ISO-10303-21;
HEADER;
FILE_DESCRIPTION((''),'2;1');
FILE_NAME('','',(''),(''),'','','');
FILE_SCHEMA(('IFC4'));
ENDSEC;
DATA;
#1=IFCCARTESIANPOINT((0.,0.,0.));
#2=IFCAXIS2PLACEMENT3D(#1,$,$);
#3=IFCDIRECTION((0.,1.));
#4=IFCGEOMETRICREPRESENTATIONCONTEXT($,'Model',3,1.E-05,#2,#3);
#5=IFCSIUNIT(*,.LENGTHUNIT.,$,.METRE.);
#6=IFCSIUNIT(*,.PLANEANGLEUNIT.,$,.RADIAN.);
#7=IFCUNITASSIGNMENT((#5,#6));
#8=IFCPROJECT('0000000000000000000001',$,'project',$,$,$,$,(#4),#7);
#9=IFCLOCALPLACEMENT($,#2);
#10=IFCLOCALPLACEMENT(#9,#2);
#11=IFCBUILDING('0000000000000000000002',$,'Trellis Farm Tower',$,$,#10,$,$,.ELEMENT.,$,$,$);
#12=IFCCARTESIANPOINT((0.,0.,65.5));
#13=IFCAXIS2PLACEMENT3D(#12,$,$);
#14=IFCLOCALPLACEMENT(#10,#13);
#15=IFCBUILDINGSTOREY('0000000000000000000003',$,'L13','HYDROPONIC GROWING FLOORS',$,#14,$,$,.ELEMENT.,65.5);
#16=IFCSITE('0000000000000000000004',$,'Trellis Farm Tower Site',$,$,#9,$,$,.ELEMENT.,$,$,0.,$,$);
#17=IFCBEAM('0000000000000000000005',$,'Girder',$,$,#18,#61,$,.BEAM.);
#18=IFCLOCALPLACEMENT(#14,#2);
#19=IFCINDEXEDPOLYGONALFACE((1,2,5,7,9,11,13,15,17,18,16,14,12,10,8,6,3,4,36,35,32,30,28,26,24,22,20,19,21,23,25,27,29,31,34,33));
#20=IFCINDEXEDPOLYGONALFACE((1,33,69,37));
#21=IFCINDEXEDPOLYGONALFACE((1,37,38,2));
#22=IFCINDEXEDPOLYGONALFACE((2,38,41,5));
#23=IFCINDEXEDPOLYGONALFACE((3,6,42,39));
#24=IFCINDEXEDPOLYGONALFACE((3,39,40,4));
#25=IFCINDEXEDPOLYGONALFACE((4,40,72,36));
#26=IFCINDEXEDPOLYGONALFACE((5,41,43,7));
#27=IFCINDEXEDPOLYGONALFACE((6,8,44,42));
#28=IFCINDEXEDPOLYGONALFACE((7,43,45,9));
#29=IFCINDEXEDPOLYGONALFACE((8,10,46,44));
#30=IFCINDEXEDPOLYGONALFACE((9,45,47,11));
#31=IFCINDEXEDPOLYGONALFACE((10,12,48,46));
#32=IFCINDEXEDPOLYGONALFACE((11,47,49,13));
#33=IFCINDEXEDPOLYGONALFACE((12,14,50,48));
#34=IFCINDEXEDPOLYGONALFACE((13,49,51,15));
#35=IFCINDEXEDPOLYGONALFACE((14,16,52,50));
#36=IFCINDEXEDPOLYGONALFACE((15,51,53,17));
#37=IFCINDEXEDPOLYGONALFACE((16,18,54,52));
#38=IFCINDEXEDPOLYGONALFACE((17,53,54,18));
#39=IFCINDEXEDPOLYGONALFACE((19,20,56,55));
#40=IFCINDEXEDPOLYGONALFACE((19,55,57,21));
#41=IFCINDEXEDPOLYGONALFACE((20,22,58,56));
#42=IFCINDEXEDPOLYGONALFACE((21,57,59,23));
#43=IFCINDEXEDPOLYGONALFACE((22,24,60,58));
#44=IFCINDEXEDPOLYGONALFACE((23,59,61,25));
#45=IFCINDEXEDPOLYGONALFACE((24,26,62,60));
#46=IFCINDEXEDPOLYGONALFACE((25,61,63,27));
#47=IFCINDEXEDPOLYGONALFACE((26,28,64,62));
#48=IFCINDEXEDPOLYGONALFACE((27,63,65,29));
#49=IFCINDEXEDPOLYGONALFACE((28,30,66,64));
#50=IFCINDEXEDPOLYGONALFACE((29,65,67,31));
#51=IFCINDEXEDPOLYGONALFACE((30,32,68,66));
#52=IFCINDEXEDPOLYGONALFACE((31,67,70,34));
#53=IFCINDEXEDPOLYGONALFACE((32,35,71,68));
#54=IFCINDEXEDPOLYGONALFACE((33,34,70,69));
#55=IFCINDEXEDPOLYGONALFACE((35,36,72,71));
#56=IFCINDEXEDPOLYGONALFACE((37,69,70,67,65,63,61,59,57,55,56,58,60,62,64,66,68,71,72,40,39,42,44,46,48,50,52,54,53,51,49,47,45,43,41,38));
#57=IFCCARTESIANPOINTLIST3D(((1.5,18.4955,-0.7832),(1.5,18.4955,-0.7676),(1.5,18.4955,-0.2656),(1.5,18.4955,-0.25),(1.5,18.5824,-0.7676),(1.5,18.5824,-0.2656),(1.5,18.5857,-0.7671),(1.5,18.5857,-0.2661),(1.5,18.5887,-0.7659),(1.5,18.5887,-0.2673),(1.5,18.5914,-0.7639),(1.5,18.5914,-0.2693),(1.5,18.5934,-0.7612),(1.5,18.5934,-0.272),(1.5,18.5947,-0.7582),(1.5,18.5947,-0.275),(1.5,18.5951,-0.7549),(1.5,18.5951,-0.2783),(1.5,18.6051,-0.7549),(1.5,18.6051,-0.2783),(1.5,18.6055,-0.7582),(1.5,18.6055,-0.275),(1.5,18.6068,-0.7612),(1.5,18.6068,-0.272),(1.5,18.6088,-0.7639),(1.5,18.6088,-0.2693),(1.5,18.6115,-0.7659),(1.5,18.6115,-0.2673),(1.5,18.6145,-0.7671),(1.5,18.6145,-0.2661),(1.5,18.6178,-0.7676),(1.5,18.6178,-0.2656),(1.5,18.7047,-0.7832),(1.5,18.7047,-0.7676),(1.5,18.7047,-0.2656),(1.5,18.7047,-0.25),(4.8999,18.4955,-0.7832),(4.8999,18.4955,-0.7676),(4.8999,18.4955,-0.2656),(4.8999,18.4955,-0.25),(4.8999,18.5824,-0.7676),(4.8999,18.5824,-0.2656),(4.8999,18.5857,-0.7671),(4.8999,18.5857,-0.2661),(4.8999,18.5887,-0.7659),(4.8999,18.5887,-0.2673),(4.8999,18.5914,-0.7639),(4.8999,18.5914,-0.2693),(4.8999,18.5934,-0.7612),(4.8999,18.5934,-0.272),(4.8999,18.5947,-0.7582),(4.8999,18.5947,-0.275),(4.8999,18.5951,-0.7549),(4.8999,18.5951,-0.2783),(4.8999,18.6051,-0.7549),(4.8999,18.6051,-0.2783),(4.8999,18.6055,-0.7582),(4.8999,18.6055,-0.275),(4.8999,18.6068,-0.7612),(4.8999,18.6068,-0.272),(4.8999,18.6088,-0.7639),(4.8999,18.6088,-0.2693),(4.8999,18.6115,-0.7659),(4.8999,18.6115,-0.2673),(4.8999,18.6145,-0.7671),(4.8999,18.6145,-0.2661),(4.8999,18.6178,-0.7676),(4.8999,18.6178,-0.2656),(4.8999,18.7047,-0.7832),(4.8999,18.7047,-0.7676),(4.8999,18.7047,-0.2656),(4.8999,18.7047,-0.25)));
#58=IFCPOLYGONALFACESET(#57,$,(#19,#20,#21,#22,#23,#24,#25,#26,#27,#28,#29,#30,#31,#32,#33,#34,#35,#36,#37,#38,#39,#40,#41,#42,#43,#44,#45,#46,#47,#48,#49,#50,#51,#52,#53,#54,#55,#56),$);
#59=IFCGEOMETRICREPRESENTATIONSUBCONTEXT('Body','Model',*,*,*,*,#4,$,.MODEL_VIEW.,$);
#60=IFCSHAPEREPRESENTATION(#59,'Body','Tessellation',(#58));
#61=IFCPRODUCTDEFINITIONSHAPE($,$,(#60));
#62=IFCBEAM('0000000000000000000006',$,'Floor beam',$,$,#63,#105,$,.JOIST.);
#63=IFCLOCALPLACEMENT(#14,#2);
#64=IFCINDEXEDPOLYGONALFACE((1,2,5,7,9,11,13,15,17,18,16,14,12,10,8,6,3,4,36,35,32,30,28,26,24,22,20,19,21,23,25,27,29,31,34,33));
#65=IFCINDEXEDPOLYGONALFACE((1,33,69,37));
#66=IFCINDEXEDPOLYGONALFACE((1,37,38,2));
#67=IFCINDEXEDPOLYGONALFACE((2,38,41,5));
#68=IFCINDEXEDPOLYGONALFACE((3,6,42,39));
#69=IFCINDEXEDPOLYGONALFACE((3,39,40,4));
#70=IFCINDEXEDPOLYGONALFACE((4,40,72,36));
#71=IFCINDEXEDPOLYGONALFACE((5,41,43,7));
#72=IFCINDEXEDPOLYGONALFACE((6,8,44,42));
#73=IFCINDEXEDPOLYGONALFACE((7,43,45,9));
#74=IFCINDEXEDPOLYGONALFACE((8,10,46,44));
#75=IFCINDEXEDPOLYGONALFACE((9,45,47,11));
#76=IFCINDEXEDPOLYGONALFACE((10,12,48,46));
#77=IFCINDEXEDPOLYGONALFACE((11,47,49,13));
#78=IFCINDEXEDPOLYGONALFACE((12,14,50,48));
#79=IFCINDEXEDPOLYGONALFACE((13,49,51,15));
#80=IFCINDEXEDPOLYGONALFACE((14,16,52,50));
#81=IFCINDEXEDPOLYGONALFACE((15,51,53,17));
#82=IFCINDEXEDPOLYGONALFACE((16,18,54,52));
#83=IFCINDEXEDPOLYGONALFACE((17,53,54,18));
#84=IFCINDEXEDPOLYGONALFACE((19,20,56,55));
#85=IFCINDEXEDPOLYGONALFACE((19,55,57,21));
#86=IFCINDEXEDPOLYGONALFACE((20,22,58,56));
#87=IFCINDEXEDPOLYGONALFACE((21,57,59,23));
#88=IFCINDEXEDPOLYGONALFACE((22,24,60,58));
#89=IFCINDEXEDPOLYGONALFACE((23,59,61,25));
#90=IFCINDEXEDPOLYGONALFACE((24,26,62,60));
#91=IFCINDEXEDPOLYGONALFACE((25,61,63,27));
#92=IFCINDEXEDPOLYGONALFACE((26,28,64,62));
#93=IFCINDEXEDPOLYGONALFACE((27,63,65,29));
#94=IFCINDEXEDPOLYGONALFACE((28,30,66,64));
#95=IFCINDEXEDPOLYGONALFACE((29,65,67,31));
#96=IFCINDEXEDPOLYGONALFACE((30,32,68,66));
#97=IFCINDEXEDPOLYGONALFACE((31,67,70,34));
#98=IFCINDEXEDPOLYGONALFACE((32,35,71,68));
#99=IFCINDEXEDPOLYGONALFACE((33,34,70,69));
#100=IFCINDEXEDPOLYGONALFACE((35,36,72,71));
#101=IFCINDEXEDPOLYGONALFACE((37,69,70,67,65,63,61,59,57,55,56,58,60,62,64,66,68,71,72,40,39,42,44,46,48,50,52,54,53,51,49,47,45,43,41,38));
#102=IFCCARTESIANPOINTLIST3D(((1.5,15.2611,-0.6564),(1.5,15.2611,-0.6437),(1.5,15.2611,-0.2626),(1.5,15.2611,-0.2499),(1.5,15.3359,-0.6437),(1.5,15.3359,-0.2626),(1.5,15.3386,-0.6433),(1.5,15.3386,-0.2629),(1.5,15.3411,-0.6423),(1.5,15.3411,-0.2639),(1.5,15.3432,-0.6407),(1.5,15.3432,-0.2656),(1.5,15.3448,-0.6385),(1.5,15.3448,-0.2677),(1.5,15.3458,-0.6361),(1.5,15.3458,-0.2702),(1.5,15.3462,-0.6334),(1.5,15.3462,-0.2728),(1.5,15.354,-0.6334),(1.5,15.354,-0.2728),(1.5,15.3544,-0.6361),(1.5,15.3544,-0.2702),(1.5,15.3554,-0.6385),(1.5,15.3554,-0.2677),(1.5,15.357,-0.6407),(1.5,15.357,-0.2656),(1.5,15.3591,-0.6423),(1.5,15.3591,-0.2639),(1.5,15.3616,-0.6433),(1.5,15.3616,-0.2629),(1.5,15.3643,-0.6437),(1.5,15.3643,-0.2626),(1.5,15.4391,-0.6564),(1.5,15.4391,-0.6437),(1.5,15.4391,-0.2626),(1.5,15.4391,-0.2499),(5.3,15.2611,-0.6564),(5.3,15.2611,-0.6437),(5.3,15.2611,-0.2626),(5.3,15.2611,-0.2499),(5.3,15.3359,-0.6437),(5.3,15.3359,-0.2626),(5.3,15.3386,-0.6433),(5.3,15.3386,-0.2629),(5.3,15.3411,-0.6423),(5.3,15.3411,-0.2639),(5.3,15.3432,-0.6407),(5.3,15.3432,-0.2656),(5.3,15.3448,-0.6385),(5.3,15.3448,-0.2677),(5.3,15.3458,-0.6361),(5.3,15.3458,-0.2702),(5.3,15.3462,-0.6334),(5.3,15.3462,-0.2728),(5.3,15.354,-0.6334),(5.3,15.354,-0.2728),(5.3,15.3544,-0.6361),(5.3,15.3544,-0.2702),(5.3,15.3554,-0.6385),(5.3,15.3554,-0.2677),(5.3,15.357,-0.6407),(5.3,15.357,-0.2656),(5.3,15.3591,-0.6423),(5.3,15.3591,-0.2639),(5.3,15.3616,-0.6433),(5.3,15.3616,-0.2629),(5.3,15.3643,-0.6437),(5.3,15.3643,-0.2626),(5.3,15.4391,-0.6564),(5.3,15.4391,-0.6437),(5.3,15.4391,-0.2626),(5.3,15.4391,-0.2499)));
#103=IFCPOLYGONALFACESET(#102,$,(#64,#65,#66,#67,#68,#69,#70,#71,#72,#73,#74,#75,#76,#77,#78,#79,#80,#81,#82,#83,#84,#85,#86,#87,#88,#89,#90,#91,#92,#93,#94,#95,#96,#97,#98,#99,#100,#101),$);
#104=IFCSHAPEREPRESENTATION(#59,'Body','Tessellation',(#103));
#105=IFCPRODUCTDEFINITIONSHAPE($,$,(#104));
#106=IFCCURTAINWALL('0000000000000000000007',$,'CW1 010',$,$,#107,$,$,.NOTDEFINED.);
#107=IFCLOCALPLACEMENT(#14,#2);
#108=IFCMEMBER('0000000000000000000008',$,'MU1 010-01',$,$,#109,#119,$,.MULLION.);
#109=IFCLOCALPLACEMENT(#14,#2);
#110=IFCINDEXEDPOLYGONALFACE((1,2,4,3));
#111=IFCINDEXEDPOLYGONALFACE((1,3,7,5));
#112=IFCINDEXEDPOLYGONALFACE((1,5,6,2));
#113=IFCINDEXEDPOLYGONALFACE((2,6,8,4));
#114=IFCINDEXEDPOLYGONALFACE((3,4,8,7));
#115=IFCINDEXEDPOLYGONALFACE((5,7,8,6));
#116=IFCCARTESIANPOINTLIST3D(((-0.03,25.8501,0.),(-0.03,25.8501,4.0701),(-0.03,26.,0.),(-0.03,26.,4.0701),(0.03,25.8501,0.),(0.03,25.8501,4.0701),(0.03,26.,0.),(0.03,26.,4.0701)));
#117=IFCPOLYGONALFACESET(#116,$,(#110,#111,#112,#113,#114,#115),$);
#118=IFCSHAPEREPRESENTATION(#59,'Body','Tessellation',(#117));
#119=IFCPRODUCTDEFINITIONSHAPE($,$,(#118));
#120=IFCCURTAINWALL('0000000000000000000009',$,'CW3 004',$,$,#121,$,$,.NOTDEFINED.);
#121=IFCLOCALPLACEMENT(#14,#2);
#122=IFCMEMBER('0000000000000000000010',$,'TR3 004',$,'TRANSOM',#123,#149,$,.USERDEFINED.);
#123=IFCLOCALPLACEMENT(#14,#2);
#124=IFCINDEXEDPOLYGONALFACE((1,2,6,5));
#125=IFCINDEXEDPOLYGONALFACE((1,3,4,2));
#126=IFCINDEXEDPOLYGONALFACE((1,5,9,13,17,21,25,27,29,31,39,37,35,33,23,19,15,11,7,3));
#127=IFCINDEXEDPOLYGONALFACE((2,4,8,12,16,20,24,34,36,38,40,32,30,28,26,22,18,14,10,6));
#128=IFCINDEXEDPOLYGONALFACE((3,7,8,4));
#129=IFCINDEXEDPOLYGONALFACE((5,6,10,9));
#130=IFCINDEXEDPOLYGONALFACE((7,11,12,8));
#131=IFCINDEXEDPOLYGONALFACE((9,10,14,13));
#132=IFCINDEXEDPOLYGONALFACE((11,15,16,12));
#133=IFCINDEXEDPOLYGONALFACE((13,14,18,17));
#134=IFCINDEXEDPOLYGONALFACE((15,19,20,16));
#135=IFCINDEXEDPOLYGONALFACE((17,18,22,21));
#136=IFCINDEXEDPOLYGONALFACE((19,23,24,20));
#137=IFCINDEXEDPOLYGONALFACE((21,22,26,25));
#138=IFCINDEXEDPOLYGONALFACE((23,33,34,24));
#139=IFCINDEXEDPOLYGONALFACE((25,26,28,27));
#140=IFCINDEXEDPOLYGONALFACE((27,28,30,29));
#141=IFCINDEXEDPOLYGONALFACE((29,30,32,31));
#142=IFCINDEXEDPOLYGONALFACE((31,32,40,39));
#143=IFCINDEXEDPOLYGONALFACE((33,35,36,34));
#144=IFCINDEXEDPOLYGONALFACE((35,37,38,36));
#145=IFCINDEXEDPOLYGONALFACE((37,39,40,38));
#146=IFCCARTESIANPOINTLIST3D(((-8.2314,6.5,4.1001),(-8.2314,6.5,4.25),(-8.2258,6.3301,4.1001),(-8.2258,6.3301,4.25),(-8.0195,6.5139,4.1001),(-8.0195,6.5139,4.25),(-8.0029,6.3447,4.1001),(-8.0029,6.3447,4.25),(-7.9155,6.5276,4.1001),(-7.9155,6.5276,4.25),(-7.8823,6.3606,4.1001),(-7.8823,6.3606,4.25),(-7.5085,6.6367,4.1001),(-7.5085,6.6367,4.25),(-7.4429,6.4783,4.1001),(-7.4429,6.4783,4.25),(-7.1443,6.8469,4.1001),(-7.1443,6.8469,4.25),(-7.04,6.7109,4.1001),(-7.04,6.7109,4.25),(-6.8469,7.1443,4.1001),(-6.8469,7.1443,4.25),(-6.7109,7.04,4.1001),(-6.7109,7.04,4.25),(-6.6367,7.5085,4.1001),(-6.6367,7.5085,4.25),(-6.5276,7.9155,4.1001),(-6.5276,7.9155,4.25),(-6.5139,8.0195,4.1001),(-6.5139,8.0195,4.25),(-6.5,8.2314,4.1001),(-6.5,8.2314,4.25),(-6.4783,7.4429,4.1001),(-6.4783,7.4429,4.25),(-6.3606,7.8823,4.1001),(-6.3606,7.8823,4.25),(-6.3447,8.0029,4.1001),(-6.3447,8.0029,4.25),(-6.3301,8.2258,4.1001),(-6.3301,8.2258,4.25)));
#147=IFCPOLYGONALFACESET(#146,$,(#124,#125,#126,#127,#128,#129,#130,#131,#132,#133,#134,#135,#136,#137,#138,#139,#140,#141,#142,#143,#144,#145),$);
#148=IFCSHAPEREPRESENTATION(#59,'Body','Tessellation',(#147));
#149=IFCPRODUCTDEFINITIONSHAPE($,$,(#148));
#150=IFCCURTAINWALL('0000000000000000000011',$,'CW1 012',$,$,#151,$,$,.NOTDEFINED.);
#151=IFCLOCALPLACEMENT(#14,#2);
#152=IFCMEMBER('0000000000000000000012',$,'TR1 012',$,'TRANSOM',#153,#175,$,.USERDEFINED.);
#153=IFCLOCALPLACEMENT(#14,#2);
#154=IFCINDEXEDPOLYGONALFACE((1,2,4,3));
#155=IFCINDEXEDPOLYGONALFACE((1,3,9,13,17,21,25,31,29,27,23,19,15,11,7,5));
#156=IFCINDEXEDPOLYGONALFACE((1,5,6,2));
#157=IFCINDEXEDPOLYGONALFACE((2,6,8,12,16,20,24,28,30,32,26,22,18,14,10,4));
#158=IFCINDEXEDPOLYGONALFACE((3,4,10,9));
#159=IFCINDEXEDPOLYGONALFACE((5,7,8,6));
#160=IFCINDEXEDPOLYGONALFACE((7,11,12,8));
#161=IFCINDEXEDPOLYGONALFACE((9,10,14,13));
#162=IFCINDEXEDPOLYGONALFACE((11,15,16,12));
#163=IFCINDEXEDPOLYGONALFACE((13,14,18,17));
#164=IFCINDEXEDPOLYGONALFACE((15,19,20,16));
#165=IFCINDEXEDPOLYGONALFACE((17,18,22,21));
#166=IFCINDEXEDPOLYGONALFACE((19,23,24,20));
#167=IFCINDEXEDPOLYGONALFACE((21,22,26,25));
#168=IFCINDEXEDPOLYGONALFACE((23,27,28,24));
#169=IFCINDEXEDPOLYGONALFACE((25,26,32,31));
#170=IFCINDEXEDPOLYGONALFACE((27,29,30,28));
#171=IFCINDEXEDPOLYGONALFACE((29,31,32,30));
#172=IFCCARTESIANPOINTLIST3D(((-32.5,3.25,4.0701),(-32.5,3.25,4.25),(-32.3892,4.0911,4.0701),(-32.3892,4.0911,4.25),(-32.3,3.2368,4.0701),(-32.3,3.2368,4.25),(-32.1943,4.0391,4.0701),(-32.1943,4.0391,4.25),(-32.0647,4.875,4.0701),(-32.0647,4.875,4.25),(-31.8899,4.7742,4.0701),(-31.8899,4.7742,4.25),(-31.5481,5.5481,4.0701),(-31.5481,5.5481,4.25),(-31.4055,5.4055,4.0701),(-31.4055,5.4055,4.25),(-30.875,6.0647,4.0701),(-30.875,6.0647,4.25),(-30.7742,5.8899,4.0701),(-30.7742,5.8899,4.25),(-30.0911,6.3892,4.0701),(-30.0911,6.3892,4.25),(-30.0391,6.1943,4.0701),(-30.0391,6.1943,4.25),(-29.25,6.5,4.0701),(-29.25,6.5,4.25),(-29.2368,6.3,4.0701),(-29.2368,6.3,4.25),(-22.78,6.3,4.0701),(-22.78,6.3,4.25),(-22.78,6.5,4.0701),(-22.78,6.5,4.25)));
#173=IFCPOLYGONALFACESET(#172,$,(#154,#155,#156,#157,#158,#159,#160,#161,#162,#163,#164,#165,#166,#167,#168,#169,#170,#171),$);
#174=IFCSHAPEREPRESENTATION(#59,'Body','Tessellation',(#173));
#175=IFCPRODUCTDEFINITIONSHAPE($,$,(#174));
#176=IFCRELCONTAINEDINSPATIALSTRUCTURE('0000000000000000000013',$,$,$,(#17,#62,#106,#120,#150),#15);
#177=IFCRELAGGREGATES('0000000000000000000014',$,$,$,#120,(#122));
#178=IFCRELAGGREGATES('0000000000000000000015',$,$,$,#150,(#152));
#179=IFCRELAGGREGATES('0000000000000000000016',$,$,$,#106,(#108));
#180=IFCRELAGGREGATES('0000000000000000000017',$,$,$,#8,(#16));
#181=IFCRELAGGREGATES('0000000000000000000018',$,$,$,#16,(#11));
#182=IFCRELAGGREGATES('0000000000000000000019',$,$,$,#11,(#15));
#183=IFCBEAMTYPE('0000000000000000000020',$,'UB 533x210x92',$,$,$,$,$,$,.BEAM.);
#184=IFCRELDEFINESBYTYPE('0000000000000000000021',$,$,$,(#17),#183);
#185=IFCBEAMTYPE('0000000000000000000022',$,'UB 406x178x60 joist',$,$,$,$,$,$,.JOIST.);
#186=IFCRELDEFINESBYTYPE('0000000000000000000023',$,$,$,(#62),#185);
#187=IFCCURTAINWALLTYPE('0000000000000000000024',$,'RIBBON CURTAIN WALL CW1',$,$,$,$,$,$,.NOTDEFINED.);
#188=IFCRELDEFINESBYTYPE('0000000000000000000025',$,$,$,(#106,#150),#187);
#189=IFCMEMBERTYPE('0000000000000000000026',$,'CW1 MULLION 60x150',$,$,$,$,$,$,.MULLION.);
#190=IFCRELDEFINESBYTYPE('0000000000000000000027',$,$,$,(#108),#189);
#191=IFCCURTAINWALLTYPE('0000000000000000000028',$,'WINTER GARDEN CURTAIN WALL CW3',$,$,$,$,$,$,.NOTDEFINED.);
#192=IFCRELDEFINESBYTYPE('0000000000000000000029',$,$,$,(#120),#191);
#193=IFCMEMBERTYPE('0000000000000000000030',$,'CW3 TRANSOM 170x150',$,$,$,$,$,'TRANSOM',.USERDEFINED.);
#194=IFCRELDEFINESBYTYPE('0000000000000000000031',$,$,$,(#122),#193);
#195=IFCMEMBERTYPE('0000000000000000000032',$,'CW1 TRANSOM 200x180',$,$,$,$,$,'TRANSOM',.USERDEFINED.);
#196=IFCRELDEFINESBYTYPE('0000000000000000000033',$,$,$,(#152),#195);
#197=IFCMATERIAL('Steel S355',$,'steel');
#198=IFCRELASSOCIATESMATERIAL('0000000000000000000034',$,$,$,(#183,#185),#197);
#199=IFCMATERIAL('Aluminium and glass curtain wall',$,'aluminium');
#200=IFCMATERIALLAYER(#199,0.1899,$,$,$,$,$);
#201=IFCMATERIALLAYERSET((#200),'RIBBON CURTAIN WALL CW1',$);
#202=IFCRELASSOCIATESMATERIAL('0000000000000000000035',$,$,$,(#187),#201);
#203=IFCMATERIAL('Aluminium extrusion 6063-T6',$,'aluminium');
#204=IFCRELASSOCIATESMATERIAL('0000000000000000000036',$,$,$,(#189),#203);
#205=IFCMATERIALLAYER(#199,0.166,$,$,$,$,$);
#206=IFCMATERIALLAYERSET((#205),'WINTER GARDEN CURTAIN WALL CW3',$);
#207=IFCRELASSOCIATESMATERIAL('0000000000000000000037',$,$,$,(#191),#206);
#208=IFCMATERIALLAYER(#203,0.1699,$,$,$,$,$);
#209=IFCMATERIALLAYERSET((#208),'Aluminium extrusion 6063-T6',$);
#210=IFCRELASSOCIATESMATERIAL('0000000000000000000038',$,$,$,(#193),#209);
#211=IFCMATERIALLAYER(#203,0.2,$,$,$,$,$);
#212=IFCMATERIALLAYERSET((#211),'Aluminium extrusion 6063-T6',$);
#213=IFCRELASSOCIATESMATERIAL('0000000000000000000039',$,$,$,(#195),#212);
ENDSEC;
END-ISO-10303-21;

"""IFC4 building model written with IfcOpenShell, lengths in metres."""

from ifc_helpers import new_model, si_unit, direction, frame, origin, origin_2d, place, context, subcontext, project, spatial, polyline, rectangle, i_section, outline, extrude, source, transform, mapped, material, layer, layer_set, material_profile, profile_set, type_object, element, aggregate, save


model = new_model("IFC4")

# Units and contexts
model_context = context("Model", 3, precision=1e-05, world=origin(), true_north=direction((0.0, 1.0)))
body_context = subcontext(model_context, "Body", "Model", "MODEL_VIEW")
ifc_project = project(units=[si_unit("LENGTHUNIT", "METRE"), si_unit("PLANEANGLEUNIT", "RADIAN")], contexts=[model_context])

# Site, building, storey
site_placement = place(None, origin())
site = spatial("IfcSite", under=ifc_project, at=site_placement, Name="Trellis Farm Tower Site", CompositionType="ELEMENT", RefElevation=0.0)
building_placement = place(site_placement, origin())
building = spatial("IfcBuilding", under=site, at=building_placement, Name="Trellis Farm Tower", CompositionType="ELEMENT")
storey_placement = place(building_placement, frame((0.0, 0.0, 65.5)))
storey = spatial("IfcBuildingStorey", under=building, at=storey_placement, Name="L13", Description="HYDROPONIC GROWING FLOORS", CompositionType="ELEMENT", Elevation=65.5)

# Beams
ifc_material_1 = material(Name="Steel S355", Category="steel")
ifc_material_profile_1 = material_profile(ifc_material_1, i_section(OverallWidth=0.2092, OverallDepth=0.5332, WebThickness=0.01, FlangeThickness=0.0156, FilletRadius=0.0127, at=origin_2d()), Name="UB 533x210x92")
ifc_profile_set_1 = profile_set([ifc_material_profile_1], Name="Steel S355")
beam_type_1 = type_object("IfcBeamType", Name="UB 533x210x92", PredefinedType="BEAM", material=ifc_profile_set_1)
shared_shape_1 = source(origin(), body_context, "Body", "SweptSolid", [
    extrude(i_section(OverallWidth=0.2092, OverallDepth=0.5332, WebThickness=0.01, FlangeThickness=0.0156, FilletRadius=0.0127, at=origin_2d()), origin(), (0.0, 0.0, 1.0), 3.3999),
])
beam_1_placement = place(storey_placement, frame((1.5, 18.6001, -0.5166), z_axis=(1.0, 0.0, 0.0), x_axis=(0.0, 1.0, 0.0)))
element("IfcBeam", 1, at=beam_1_placement, inside=storey, type_object=beam_type_1, Name="Girder", PredefinedType="BEAM", context=body_context, shape_type="MappedRepresentation", body=[
    mapped(shared_shape_1, transform((0.0, 0.0, 0.0))),
])
ifc_material_profile_2 = material_profile(ifc_material_1, i_section(OverallWidth=0.178, OverallDepth=0.4065, WebThickness=0.0078, FlangeThickness=0.0127, FilletRadius=0.0103, at=origin_2d()), Name="UB 406x178x60")
ifc_profile_set_2 = profile_set([ifc_material_profile_2], Name="Steel S355")
beam_type_2 = type_object("IfcBeamType", Name="UB 406x178x60 joist", PredefinedType="JOIST", material=ifc_profile_set_2)
shared_shape_2 = source(origin(), body_context, "Body", "SweptSolid", [
    extrude(i_section(OverallWidth=0.178, OverallDepth=0.4065, WebThickness=0.0078, FlangeThickness=0.0127, FilletRadius=0.0103, at=origin_2d()), origin(), (0.0, 0.0, 1.0), 3.8),
])
beam_2_placement = place(storey_placement, frame((1.5, 15.3501, -0.4531), z_axis=(1.0, 0.0, 0.0), x_axis=(0.0, 1.0, 0.0)))
element("IfcBeam", 2, at=beam_2_placement, inside=storey, type_object=beam_type_2, Name="Floor beam", PredefinedType="JOIST", context=body_context, shape_type="MappedRepresentation", body=[
    mapped(shared_shape_2, transform((0.0, 0.0, 0.0))),
])

# Curtain walls, members
ifc_material_2 = material(Name="Aluminium and glass curtain wall", Category="aluminium")
ifc_layer_1 = layer(ifc_material_2, 0.1899)
ifc_layer_set_1 = layer_set([ifc_layer_1], Name="RIBBON CURTAIN WALL CW1")
curtain_wall_type_1 = type_object("IfcCurtainWallType", Name="RIBBON CURTAIN WALL CW1", PredefinedType="NOTDEFINED", material=ifc_layer_set_1)
placement_1 = place(storey_placement, origin())
curtain_wall_1 = element("IfcCurtainWall", 3, at=placement_1, inside=storey, type_object=curtain_wall_type_1, Name="CW1 010", PredefinedType="NOTDEFINED")
ifc_material_3 = material(Name="Aluminium extrusion 6063-T6", Category="aluminium")
ifc_material_profile_3 = material_profile(ifc_material_3, rectangle(XDim=0.0601, YDim=0.1499, at=origin_2d()), Name="MULLION 60x150")
ifc_profile_set_3 = profile_set([ifc_material_profile_3], Name="Aluminium extrusion 6063-T6")
member_type_1 = type_object("IfcMemberType", Name="CW1 MULLION 60x150", PredefinedType="MULLION", material=ifc_profile_set_3)
shared_shape_3 = source(origin(), body_context, "Body", "SweptSolid", [
    extrude(rectangle(XDim=0.0601, YDim=0.1499, at=origin_2d()), origin(), (0.0, 0.0, 1.0), 4.0701),
])
member_1_placement = place(storey_placement, frame((0.0, 25.925, 0.0), z_axis=(0.0, 0.0, 1.0), x_axis=(-1.0, 0.0, 0.0)))
member_1 = element("IfcMember", 4, at=member_1_placement, type_object=member_type_1, Name="MU1 010-01", PredefinedType="MULLION", context=body_context, shape_type="MappedRepresentation", body=[
    mapped(shared_shape_3, transform((0.0, 0.0, 0.0))),
])
ifc_layer_2 = layer(ifc_material_2, 0.166)
ifc_layer_set_2 = layer_set([ifc_layer_2], Name="WINTER GARDEN CURTAIN WALL CW3")
curtain_wall_type_2 = type_object("IfcCurtainWallType", Name="WINTER GARDEN CURTAIN WALL CW3", PredefinedType="NOTDEFINED", material=ifc_layer_set_2)
curtain_wall_2 = element("IfcCurtainWall", 5, at=placement_1, inside=storey, type_object=curtain_wall_type_2, Name="CW3 004", PredefinedType="NOTDEFINED")
ifc_layer_3 = layer(ifc_material_3, 0.1699)
ifc_layer_set_3 = layer_set([ifc_layer_3], Name="Aluminium extrusion 6063-T6")
member_type_2 = type_object("IfcMemberType", Name="CW3 TRANSOM 170x150", ElementType="TRANSOM", PredefinedType="USERDEFINED", material=ifc_layer_set_3)
shared_shape_4 = source(origin(), body_context, "Body", "SweptSolid", [
    extrude(outline(polyline([(-6.5, 8.2314), (-6.5139, 8.0195), (-6.5276, 7.9155), (-6.6367, 7.5085), (-6.8469, 7.1443), (-7.1443, 6.8469), (-7.5085, 6.6367), (-7.9155, 6.5276), (-8.0195, 6.5139), (-8.2314, 6.5), (-8.2258, 6.3301), (-8.0029, 6.3447), (-7.8823, 6.3606), (-7.4429, 6.4783), (-7.04, 6.7109), (-6.7109, 7.04), (-6.4783, 7.4429), (-6.3606, 7.8823), (-6.3447, 8.0029), (-6.3301, 8.2258), (-6.5, 8.2314)])), origin(), (0.0, 0.0, 1.0), 0.1499),
])
member_2_placement = place(storey_placement, frame((0.0, 0.0, 4.1001)))
member_2 = element("IfcMember", 6, at=member_2_placement, type_object=member_type_2, Name="TR3 004", ObjectType="TRANSOM", PredefinedType="USERDEFINED", context=body_context, shape_type="MappedRepresentation", body=[
    mapped(shared_shape_4, transform((0.0, 0.0, 0.0))),
])
curtain_wall_3 = element("IfcCurtainWall", 7, at=placement_1, inside=storey, type_object=curtain_wall_type_1, Name="CW1 012", PredefinedType="NOTDEFINED")
ifc_layer_4 = layer(ifc_material_3, 0.2)
ifc_layer_set_4 = layer_set([ifc_layer_4], Name="Aluminium extrusion 6063-T6")
member_type_3 = type_object("IfcMemberType", Name="CW1 TRANSOM 200x180", ElementType="TRANSOM", PredefinedType="USERDEFINED", material=ifc_layer_set_4)
shared_shape_5 = source(origin(), body_context, "Body", "SweptSolid", [
    extrude(outline(polyline([(-22.78, 6.5), (-29.25, 6.5), (-30.0911, 6.3892), (-30.875, 6.0647), (-31.5481, 5.5481), (-32.0647, 4.875), (-32.3892, 4.0911), (-32.5, 3.25), (-32.3, 3.2368), (-32.1943, 4.0391), (-31.8899, 4.7742), (-31.4055, 5.4055), (-30.7742, 5.8899), (-30.0391, 6.1943), (-29.2368, 6.3), (-22.78, 6.3), (-22.78, 6.5)])), origin(), (0.0, 0.0, 1.0), 0.1799),
])
placement_2 = place(storey_placement, frame((0.0, 0.0, 4.0701)))
member_3 = element("IfcMember", 8, at=placement_2, type_object=member_type_3, Name="TR1 012", ObjectType="TRANSOM", PredefinedType="USERDEFINED", context=body_context, shape_type="MappedRepresentation", body=[
    mapped(shared_shape_5, transform((0.0, 0.0, 0.0))),
])

aggregate(curtain_wall_2, [member_2])
aggregate(curtain_wall_3, [member_3])
aggregate(curtain_wall_1, [member_1])

save(model, "model.ifc")
